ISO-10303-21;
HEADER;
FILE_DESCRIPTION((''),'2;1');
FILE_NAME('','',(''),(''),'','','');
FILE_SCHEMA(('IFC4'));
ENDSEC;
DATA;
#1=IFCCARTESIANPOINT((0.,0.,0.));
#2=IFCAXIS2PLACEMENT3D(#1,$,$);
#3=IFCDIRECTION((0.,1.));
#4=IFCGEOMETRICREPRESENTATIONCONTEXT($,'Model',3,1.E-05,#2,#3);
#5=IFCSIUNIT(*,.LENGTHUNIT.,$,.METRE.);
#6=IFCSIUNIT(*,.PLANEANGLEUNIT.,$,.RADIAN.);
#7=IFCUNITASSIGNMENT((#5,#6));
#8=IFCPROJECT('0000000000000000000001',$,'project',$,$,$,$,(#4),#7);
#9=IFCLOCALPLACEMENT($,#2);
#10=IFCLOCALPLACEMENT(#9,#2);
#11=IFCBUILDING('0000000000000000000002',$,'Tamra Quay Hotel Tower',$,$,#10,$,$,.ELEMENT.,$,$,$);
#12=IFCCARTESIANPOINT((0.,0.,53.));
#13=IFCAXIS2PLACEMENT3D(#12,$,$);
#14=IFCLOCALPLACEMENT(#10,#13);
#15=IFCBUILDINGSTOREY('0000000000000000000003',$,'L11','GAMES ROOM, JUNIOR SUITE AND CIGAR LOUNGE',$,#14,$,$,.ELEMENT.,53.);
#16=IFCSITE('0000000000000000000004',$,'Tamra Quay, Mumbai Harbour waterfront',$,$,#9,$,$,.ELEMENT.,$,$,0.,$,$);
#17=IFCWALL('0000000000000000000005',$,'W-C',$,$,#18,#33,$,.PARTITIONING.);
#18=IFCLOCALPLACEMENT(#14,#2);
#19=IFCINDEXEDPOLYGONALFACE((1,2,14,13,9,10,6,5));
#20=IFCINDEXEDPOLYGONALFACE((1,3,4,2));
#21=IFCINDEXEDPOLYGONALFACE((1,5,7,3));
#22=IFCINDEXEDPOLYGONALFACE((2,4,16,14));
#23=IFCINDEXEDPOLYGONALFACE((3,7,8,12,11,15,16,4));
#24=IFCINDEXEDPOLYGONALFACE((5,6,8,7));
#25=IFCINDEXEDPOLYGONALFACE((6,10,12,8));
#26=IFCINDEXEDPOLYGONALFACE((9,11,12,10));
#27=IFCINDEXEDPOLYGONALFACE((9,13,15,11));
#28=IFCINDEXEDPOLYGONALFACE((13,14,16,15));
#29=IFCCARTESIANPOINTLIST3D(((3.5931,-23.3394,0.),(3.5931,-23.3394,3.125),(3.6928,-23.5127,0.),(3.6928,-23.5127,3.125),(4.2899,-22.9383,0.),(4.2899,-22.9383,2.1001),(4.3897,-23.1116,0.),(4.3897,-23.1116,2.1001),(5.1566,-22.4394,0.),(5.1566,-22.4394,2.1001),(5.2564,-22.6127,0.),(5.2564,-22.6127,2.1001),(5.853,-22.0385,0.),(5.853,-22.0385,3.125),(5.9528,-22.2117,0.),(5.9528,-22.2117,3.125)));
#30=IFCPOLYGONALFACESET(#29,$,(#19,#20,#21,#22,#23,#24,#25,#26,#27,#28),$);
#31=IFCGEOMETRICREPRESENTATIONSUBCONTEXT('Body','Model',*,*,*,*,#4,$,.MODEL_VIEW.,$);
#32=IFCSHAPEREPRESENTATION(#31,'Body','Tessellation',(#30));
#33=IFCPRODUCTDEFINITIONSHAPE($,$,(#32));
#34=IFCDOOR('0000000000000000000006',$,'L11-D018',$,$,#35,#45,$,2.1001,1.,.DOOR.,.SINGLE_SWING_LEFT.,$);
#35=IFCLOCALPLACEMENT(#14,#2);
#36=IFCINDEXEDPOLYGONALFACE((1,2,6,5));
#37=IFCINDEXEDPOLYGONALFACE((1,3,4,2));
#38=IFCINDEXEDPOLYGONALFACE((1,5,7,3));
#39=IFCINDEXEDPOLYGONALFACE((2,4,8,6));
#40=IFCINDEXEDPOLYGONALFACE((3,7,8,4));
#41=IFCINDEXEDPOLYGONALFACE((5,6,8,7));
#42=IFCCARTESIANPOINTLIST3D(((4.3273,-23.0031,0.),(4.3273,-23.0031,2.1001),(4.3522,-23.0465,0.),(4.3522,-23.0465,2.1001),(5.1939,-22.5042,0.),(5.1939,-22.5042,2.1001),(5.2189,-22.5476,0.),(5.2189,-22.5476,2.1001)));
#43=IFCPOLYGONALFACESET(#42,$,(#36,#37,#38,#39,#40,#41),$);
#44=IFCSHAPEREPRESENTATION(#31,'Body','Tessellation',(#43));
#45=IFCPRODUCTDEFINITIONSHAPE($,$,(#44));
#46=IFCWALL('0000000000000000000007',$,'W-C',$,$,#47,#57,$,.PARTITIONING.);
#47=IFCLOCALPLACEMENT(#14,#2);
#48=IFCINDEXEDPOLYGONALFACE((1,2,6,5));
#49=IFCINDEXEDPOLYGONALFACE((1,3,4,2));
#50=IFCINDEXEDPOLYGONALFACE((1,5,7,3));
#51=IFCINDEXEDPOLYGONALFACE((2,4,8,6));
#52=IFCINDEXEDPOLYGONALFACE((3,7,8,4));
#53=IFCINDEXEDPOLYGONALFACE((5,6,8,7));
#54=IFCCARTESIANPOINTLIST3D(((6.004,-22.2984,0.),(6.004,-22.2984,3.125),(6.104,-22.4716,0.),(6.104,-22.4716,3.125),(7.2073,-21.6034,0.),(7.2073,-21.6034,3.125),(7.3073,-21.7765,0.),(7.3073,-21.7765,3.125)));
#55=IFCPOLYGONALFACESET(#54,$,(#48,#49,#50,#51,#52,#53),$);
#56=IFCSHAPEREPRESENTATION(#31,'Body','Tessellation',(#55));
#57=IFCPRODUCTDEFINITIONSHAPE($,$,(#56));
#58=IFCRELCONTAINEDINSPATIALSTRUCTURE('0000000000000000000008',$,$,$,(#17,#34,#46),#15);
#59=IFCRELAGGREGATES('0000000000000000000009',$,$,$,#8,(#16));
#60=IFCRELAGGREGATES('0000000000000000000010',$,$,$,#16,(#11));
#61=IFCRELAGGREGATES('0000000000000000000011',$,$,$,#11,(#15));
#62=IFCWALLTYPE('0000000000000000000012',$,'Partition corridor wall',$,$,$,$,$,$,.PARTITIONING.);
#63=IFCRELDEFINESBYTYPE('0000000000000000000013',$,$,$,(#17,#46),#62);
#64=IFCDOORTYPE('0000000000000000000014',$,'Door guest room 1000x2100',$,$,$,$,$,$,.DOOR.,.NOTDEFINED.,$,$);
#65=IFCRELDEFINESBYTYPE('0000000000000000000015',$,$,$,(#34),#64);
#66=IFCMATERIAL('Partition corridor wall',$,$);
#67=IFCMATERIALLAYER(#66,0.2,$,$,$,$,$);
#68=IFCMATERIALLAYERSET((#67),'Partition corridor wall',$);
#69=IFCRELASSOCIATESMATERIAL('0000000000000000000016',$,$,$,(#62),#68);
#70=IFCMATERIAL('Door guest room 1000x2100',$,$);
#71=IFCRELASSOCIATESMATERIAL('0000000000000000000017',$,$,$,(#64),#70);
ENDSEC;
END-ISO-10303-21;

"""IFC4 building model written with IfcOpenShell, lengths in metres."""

from ifc_helpers import new_model, si_unit, direction, frame, frame_2d, origin, place, context, subcontext, project, spatial, rectangle, extrude, material, layer, layer_set, type_object, element, fill, save


model = new_model("IFC4")

# Units and contexts
model_context = context("Model", 3, precision=1e-05, world=origin(), true_north=direction((0.0, 1.0)))
body_context = subcontext(model_context, "Body", "Model", "MODEL_VIEW")
ifc_project = project(units=[si_unit("LENGTHUNIT", "METRE"), si_unit("PLANEANGLEUNIT", "RADIAN")], contexts=[model_context])

# Site, building, storey
site_placement = place(None, origin())
site = spatial("IfcSite", under=ifc_project, at=site_placement, Name="Tamra Quay, Mumbai Harbour waterfront", CompositionType="ELEMENT", RefElevation=0.0)
building_placement = place(site_placement, origin())
building = spatial("IfcBuilding", under=site, at=building_placement, Name="Tamra Quay Hotel Tower", CompositionType="ELEMENT")
storey_placement = place(building_placement, frame((0.0, 0.0, 53.0)))
storey = spatial("IfcBuildingStorey", under=building, at=storey_placement, Name="L11", Description="GAMES ROOM, JUNIOR SUITE AND CIGAR LOUNGE", CompositionType="ELEMENT", Elevation=53.0)

# Wall, opening, door
ifc_material_1 = material(Name="Partition corridor wall")
ifc_layer_1 = layer(ifc_material_1, 0.2)
ifc_layer_set_1 = layer_set([ifc_layer_1], Name="Partition corridor wall")
wall_type_1 = type_object("IfcWallType", Name="Partition corridor wall", PredefinedType="PARTITIONING", material=ifc_layer_set_1)
wall_1_placement = place(storey_placement, frame((3.6431, -23.426, 0.0), z_axis=(0.0, 0.0, 1.0), x_axis=(0.866654, 0.498909, 0.0)))
wall_1 = element("IfcWall", 1, at=wall_1_placement, inside=storey, type_object=wall_type_1, Name="W-C", PredefinedType="PARTITIONING", context=body_context, shape_type="SweptSolid", body=[
    extrude(rectangle(XDim=2.6077, YDim=0.2, at=frame_2d((1.3037, 0.0))), origin(), (0.0, 0.0, 1.0), 3.125),
])
opening_1_placement = place(wall_1_placement, frame((0.804, 0.0, 0.0)))
opening_1 = element("IfcOpeningElement", 2, at=opening_1_placement, cuts=wall_1, PredefinedType="OPENING", context=body_context, shape_type="SweptSolid", body=[
    extrude(rectangle(XDim=1.0, YDim=2.1001, at=frame_2d((0.5, 1.05))), frame((0.0, 0.1099, 0.0), z_axis=(0.0, -1.0, 0.0), x_axis=(1.0, 0.0, 0.0)), (0.0, 0.0, 1.0), 0.22),
])
ifc_material_2 = material(Name="Door guest room 1000x2100")
door_type_1 = type_object("IfcDoorType", Name="Door guest room 1000x2100", OperationType="NOTDEFINED", PredefinedType="DOOR", material=ifc_material_2)
door_1_placement = place(opening_1_placement, frame((1.0, 0.0, 0.0), z_axis=(0.0, 0.0, 1.0), x_axis=(-1.0, 0.0, 0.0)))
door_1 = element("IfcDoor", 3, at=door_1_placement, inside=storey, type_object=door_type_1, Name="L11-D018", OperationType="SINGLE_SWING_LEFT", OverallHeight=2.1001, OverallWidth=1.0, PredefinedType="DOOR", context=body_context, shape_type="SweptSolid", body=[
    extrude(rectangle(XDim=1.0, YDim=2.1001, at=frame_2d((0.5, 1.05))), frame((0.0, 0.0249, 0.0), z_axis=(0.0, -1.0, 0.0), x_axis=(1.0, 0.0, 0.0)), (0.0, 0.0, 1.0), 0.05),
])
fill(opening_1, door_1)

# Wall
wall_2_placement = place(storey_placement, frame((6.054, -22.385, 0.0), z_axis=(0.0, 0.0, 1.0), x_axis=(0.865931, 0.500163, 0.0)))
element("IfcWall", 4, at=wall_2_placement, inside=storey, type_object=wall_type_1, Name="W-C", PredefinedType="PARTITIONING", context=body_context, shape_type="SweptSolid", body=[
    extrude(rectangle(XDim=1.3896, YDim=0.2, at=frame_2d((0.6948, 0.0))), origin(), (0.0, 0.0, 1.0), 3.125),
])

save(model, "model.ifc")
